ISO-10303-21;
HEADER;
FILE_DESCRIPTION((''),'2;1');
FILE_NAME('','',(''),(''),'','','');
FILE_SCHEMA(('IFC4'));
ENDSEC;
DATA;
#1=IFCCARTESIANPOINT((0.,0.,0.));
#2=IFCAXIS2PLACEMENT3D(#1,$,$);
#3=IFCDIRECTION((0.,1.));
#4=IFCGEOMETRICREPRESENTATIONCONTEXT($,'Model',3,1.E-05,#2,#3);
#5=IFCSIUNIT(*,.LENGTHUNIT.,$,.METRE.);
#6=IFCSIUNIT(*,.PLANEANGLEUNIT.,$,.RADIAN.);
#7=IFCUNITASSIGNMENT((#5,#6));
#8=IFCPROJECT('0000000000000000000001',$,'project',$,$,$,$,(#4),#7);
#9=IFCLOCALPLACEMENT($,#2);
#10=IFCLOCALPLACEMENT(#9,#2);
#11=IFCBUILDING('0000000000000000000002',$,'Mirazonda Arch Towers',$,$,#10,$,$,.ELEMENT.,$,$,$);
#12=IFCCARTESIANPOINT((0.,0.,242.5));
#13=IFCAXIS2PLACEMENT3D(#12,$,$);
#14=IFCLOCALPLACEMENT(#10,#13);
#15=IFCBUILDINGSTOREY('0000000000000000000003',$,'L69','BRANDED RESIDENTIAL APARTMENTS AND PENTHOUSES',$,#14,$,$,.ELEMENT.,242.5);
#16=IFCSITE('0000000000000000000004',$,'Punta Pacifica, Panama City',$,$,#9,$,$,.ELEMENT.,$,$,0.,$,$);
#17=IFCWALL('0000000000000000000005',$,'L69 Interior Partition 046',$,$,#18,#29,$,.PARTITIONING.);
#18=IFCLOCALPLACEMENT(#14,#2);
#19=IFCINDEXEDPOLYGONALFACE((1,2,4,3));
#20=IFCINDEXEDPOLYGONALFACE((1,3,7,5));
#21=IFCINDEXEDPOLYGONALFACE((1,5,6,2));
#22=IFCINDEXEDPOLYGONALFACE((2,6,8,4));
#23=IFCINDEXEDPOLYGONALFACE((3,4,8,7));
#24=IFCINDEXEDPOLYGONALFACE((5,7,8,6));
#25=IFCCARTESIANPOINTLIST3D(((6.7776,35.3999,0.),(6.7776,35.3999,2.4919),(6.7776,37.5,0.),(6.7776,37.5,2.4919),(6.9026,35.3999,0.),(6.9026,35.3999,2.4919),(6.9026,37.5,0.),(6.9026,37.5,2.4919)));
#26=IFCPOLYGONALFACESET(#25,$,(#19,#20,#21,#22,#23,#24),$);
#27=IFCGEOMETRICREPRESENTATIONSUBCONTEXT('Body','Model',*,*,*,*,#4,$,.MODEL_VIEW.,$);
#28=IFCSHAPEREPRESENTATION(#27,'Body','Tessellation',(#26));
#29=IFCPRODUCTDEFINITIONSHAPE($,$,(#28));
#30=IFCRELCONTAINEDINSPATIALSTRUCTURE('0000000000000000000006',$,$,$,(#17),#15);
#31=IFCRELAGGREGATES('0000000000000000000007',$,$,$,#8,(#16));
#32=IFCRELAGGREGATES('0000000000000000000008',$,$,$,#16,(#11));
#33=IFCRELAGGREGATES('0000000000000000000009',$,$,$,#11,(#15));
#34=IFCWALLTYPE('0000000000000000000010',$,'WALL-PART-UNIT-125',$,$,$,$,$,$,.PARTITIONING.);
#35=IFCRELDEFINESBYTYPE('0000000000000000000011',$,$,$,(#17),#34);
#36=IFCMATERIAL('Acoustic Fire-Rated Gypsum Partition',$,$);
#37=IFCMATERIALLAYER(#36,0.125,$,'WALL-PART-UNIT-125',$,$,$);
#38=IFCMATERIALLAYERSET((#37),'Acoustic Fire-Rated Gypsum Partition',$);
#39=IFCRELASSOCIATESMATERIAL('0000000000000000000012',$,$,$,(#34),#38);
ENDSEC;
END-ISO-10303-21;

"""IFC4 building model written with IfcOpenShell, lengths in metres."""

from ifc_helpers import new_model, si_unit, direction, frame, frame_2d, origin, place, context, subcontext, project, spatial, rectangle, extrude, material, layer, layer_set, type_object, element, save


model = new_model("IFC4")

# Units and contexts
model_context = context("Model", 3, precision=1e-05, world=origin(), true_north=direction((0.0, 1.0)))
body_context = subcontext(model_context, "Body", "Model", "MODEL_VIEW")
ifc_project = project(units=[si_unit("LENGTHUNIT", "METRE"), si_unit("PLANEANGLEUNIT", "RADIAN")], contexts=[model_context])

# Site, building, storey
site_placement = place(None, origin())
site = spatial("IfcSite", under=ifc_project, at=site_placement, Name="Punta Pacifica, Panama City", CompositionType="ELEMENT", RefElevation=0.0)
building_placement = place(site_placement, origin())
building = spatial("IfcBuilding", under=site, at=building_placement, Name="Mirazonda Arch Towers", CompositionType="ELEMENT")
storey_placement = place(building_placement, frame((0.0, 0.0, 242.5)))
storey = spatial("IfcBuildingStorey", under=building, at=storey_placement, Name="L69", Description="BRANDED RESIDENTIAL APARTMENTS AND PENTHOUSES", CompositionType="ELEMENT", Elevation=242.5)

# Wall
ifc_material_1 = material(Name="Acoustic Fire-Rated Gypsum Partition")
ifc_layer_1 = layer(ifc_material_1, 0.125, Name="WALL-PART-UNIT-125")
ifc_layer_set_1 = layer_set([ifc_layer_1], Name="Acoustic Fire-Rated Gypsum Partition")
wall_type_1 = type_object("IfcWallType", Name="WALL-PART-UNIT-125", PredefinedType="PARTITIONING", material=ifc_layer_set_1)
wall_1_placement = place(storey_placement, frame((6.8401, 35.3999, 0.0), z_axis=(0.0, 0.0, 1.0), x_axis=(0.0, 1.0, 0.0)))
element("IfcWall", 1, at=wall_1_placement, inside=storey, type_object=wall_type_1, Name="L69 Interior Partition 046", PredefinedType="PARTITIONING", context=body_context, shape_type="SweptSolid", body=[
    extrude(rectangle(XDim=2.1001, YDim=0.125, at=frame_2d((1.05, 0.0))), origin(), (0.0, 0.0, 1.0), 2.4919),
])

save(model, "model.ifc")
